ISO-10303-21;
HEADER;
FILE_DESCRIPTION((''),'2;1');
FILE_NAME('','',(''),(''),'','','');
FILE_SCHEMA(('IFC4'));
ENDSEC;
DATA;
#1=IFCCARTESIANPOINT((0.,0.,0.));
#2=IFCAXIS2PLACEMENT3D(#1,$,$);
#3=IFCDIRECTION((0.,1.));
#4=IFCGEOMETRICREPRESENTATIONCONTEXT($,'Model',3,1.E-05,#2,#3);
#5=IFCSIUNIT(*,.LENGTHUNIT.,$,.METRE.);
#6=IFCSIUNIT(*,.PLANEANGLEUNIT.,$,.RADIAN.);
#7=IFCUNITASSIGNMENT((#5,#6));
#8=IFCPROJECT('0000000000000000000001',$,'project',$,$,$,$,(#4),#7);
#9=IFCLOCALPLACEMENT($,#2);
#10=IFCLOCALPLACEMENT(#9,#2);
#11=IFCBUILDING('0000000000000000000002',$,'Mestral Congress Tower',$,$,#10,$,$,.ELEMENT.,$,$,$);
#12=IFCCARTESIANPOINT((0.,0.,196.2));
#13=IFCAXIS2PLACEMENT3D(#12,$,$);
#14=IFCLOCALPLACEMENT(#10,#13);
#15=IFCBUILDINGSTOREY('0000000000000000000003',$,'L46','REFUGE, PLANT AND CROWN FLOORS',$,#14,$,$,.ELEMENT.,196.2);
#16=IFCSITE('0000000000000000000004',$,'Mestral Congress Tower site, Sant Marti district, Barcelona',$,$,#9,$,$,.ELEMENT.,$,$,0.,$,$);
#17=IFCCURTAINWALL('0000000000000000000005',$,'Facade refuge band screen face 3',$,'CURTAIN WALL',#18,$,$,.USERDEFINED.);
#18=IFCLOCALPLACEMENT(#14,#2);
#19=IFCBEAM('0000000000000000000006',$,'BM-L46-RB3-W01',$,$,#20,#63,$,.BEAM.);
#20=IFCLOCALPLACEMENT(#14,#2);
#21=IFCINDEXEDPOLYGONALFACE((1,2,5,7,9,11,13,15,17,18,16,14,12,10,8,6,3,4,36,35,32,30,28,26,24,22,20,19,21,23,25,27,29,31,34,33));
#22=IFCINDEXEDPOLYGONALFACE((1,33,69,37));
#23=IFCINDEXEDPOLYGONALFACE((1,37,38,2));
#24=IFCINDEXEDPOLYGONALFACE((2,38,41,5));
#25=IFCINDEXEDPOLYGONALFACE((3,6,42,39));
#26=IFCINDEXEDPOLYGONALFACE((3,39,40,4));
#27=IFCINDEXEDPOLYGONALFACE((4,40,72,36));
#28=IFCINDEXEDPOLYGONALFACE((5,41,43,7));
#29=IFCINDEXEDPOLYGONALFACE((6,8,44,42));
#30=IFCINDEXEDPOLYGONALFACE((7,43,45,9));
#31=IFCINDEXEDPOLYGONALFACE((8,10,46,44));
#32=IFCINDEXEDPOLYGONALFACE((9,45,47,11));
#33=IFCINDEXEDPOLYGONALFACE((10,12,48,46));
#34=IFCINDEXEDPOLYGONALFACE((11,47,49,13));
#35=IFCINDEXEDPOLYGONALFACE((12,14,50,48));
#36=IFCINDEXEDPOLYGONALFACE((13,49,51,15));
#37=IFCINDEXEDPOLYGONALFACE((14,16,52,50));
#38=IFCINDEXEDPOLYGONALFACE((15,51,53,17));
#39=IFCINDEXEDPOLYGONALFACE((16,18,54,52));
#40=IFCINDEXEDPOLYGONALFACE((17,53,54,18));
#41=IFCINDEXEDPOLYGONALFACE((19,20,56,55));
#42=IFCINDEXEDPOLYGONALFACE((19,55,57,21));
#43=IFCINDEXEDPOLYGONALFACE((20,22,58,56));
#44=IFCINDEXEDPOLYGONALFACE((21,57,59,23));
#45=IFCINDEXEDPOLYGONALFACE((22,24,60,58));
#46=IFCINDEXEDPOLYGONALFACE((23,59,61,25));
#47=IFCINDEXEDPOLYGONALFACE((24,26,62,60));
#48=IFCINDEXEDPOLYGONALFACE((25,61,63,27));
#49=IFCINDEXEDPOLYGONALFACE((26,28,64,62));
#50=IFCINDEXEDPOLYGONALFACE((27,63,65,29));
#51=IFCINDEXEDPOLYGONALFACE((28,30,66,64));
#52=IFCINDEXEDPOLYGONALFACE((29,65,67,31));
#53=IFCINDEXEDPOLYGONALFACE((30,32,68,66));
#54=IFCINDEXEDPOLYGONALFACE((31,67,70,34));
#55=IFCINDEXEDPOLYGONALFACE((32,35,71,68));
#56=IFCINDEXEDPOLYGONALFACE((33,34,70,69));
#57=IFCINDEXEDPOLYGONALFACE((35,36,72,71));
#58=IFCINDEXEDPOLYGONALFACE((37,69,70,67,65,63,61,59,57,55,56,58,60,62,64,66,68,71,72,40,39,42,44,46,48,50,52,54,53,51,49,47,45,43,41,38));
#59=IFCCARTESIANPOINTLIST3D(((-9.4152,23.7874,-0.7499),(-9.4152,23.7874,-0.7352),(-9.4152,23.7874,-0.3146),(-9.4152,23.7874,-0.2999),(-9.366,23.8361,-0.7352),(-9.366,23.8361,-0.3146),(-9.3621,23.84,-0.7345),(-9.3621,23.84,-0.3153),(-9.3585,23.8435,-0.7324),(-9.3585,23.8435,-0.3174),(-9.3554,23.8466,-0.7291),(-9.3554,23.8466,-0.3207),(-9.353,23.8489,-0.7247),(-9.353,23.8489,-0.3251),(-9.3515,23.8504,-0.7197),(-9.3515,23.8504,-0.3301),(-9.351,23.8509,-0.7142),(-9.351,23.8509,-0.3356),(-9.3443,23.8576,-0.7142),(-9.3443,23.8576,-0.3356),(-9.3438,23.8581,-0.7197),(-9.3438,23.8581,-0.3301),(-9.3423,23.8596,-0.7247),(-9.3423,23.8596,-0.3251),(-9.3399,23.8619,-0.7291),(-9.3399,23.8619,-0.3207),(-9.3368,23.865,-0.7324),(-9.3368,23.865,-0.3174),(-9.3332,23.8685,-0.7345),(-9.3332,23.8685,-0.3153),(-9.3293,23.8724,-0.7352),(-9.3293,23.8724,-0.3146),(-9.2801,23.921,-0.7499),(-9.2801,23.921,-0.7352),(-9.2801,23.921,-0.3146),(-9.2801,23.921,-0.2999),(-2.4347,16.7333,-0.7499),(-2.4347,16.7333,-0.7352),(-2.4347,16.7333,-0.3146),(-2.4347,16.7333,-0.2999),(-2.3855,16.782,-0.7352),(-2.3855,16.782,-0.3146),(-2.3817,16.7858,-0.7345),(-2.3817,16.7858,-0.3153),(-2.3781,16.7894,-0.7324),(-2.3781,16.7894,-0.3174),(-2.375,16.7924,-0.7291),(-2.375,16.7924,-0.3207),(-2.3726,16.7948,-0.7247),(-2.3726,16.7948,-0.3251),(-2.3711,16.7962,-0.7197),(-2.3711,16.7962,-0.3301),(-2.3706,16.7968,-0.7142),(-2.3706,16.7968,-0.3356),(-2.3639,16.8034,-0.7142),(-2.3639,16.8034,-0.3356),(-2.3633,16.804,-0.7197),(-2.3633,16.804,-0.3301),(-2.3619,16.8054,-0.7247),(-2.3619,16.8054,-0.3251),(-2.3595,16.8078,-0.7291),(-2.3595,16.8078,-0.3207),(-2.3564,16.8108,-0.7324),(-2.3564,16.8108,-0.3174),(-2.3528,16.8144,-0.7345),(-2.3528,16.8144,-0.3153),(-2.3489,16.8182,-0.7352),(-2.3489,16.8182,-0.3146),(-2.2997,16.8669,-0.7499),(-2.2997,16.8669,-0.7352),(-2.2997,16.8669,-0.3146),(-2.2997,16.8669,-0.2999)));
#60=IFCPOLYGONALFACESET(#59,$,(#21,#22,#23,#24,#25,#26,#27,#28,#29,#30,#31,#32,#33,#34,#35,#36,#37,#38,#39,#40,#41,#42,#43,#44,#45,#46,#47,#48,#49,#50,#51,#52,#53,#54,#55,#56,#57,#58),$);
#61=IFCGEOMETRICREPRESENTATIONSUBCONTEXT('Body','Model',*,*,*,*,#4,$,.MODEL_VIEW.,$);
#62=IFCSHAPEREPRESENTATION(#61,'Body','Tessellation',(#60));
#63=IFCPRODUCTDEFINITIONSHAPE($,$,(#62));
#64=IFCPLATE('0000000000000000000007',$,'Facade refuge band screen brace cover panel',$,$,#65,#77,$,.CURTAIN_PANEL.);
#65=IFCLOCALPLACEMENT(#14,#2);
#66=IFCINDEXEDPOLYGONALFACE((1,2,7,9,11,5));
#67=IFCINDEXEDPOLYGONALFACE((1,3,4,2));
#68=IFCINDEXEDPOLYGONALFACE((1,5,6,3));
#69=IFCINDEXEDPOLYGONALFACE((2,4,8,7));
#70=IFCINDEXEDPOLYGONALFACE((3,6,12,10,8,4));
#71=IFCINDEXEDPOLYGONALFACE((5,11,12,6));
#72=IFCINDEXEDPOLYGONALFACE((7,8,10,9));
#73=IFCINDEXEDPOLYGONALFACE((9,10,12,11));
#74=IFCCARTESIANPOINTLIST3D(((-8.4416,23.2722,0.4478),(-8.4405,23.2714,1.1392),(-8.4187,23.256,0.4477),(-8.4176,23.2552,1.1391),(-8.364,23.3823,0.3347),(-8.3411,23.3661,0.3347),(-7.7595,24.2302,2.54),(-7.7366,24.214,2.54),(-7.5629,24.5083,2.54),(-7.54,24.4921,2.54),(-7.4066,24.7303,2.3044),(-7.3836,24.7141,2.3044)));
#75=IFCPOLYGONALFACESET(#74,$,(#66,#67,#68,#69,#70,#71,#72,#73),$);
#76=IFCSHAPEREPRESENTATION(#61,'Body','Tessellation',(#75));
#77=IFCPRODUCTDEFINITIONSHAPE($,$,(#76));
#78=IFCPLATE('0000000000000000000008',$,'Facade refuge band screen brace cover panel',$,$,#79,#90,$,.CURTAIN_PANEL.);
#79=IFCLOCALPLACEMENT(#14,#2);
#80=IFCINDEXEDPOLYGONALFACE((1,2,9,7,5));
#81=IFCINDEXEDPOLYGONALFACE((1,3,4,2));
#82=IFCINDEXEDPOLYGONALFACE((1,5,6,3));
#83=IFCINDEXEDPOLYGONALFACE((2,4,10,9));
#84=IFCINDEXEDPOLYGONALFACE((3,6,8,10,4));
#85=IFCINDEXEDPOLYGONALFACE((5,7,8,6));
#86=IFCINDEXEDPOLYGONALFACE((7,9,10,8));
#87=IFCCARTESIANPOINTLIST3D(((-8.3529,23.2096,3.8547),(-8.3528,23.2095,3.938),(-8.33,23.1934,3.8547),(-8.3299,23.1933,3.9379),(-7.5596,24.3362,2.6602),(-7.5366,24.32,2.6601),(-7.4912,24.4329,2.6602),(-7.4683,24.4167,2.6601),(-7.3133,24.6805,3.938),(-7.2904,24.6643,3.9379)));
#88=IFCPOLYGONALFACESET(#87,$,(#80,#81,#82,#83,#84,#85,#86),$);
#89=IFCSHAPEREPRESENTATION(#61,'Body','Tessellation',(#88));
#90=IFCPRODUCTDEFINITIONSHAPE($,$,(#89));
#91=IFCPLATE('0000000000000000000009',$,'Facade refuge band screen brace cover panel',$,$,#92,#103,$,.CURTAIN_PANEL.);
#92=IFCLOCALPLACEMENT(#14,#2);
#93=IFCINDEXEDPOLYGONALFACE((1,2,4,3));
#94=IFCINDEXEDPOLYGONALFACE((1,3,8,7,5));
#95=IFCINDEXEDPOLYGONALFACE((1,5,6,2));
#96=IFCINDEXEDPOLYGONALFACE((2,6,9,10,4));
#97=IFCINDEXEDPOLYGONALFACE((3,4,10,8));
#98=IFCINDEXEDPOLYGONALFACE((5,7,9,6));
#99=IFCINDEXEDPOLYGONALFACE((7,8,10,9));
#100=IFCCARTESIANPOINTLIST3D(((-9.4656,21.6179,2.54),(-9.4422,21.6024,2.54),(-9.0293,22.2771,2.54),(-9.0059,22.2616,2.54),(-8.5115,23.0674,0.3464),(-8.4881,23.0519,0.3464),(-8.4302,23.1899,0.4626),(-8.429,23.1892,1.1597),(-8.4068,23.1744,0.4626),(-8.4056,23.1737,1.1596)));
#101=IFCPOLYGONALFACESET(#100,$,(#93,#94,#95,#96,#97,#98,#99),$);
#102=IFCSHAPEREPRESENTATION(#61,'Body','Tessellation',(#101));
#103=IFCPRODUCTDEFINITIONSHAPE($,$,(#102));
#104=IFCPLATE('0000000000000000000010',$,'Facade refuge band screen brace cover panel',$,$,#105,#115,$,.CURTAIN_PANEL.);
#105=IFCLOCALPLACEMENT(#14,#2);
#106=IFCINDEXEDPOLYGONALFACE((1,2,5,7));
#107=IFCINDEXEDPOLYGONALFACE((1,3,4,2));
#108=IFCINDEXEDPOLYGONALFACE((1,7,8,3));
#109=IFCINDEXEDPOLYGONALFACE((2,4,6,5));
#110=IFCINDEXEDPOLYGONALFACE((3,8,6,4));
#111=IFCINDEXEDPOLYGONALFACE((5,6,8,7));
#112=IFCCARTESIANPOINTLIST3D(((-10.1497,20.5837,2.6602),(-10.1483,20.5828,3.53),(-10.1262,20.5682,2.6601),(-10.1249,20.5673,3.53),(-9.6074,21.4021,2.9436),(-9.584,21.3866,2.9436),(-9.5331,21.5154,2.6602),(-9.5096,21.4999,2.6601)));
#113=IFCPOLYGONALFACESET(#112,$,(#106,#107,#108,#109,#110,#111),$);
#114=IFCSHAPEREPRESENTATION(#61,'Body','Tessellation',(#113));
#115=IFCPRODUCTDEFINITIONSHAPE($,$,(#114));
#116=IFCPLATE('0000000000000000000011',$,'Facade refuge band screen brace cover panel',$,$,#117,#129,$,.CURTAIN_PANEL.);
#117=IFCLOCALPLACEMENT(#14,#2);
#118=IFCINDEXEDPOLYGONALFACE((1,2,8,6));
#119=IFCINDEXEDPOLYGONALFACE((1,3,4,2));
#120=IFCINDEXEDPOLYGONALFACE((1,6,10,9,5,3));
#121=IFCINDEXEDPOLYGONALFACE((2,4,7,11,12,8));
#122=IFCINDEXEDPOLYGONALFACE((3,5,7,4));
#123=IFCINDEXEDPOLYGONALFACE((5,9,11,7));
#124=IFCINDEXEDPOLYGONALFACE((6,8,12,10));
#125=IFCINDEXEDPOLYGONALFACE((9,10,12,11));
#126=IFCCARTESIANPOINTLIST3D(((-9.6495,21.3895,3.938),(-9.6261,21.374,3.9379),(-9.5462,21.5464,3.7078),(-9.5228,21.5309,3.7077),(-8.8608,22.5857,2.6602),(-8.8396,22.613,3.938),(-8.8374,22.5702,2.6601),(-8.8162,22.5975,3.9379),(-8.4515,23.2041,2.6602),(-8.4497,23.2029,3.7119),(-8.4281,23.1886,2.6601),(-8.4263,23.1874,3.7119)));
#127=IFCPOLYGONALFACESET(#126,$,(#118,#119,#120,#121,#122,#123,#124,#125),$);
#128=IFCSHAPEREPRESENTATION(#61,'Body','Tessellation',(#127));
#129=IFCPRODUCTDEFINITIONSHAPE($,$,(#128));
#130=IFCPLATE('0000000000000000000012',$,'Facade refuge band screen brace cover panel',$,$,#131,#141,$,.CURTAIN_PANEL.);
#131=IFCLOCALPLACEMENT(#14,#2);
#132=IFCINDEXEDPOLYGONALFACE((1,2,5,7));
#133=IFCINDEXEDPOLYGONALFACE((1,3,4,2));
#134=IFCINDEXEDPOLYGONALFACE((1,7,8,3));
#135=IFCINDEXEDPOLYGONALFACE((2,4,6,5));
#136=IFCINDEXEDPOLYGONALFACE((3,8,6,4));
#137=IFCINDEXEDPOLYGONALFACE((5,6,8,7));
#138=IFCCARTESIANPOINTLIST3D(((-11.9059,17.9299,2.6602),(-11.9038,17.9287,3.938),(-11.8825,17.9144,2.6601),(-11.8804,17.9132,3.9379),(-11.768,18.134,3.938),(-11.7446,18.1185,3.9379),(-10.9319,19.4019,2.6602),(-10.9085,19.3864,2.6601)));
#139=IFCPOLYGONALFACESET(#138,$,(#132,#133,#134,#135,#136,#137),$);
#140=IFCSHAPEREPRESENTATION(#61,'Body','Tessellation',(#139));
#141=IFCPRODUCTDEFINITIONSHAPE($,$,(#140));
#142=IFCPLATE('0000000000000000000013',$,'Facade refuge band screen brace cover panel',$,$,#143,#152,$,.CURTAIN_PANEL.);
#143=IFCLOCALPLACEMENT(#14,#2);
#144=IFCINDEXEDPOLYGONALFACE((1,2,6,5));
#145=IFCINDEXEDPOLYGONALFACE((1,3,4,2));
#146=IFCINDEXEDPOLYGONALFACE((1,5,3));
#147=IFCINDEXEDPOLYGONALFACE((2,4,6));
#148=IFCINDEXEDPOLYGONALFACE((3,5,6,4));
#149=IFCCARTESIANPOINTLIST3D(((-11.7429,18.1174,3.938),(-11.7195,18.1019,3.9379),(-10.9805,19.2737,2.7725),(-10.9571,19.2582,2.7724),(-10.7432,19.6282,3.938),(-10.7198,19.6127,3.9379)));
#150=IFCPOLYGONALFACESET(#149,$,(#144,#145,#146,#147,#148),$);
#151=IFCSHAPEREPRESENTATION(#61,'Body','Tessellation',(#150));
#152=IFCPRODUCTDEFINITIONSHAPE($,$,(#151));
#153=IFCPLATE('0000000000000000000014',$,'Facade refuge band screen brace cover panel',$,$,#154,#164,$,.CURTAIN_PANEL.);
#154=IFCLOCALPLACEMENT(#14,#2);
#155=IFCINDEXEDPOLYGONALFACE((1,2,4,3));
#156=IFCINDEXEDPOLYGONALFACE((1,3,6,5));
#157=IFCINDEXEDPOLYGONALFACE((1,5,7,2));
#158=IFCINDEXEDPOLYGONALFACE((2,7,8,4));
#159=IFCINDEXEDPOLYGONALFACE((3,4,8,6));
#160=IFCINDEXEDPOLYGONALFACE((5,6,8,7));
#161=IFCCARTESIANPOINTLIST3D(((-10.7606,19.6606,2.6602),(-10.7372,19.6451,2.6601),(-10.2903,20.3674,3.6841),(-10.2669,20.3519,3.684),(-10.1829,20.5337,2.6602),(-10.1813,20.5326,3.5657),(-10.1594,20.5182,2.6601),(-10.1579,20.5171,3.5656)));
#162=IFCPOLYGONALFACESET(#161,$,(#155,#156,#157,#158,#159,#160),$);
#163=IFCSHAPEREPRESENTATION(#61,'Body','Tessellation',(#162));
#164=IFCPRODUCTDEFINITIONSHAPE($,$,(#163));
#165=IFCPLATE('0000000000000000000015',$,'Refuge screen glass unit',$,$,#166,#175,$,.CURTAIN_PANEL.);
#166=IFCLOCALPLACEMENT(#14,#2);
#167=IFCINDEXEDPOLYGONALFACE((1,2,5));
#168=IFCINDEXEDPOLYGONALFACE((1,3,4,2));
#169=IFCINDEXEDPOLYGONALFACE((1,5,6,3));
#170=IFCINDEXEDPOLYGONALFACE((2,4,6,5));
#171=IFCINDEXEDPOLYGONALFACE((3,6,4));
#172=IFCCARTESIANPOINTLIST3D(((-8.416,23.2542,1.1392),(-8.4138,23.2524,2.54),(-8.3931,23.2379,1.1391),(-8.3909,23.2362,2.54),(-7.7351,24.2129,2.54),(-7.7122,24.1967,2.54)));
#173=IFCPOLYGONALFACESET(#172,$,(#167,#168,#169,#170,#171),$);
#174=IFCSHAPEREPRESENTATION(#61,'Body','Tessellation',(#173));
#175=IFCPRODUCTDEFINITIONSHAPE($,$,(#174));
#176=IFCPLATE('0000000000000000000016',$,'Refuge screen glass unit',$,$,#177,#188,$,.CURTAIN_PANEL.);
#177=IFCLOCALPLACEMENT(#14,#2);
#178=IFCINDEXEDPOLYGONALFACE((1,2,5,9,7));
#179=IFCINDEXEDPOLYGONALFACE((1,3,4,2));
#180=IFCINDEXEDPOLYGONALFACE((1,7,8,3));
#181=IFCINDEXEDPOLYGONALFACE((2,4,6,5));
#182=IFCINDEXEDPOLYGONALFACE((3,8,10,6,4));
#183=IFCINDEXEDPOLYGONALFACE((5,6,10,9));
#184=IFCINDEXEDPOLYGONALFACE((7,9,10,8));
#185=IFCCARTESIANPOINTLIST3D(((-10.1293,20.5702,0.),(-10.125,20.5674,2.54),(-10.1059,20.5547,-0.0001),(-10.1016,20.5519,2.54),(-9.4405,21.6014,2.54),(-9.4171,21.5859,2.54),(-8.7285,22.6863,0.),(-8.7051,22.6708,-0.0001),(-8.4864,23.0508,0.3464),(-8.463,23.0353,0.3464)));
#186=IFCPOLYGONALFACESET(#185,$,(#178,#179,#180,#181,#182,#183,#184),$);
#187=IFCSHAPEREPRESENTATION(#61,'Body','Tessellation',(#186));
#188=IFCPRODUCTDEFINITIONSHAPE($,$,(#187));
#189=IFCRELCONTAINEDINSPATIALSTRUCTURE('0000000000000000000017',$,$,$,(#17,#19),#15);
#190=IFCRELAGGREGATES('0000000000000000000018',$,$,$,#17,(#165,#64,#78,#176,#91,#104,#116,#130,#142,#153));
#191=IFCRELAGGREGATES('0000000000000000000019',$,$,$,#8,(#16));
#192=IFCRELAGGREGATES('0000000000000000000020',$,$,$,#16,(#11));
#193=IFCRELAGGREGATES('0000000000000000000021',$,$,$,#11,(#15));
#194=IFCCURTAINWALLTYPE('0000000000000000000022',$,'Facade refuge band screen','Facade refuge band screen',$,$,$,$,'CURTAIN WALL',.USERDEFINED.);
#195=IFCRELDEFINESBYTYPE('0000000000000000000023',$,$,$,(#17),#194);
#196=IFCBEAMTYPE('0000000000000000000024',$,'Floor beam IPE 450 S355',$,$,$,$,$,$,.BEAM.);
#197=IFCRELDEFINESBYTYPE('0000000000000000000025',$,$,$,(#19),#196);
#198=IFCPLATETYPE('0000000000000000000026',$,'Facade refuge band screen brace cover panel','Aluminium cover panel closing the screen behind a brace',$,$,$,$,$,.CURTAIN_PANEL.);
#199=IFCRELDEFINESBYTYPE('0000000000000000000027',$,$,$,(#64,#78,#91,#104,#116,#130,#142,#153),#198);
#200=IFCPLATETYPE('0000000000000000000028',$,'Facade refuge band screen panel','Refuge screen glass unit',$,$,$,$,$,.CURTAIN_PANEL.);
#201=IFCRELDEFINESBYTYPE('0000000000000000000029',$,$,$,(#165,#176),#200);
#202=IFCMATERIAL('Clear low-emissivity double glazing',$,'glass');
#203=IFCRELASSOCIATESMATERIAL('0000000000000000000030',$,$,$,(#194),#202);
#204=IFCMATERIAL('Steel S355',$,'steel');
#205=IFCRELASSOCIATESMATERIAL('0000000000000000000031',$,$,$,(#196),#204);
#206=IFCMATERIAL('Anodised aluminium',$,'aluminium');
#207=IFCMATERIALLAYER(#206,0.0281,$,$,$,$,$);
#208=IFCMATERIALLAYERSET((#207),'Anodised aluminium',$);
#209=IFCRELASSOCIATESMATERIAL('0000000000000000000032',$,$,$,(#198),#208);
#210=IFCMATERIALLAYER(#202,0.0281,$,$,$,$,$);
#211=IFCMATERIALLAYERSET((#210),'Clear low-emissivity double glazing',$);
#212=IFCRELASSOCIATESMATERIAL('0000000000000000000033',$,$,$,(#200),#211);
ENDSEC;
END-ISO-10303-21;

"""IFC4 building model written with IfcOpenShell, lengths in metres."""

from ifc_helpers import new_model, si_unit, direction, frame, origin, origin_2d, place, context, subcontext, project, spatial, polyline, i_section, outline, extrude, material, layer, layer_set, material_profile, profile_set, type_object, element, aggregate, save


model = new_model("IFC4")

# Units and contexts
model_context = context("Model", 3, precision=1e-05, world=origin(), true_north=direction((0.0, 1.0)))
body_context = subcontext(model_context, "Body", "Model", "MODEL_VIEW")
ifc_project = project(units=[si_unit("LENGTHUNIT", "METRE"), si_unit("PLANEANGLEUNIT", "RADIAN")], contexts=[model_context])

# Site, building, storey
site_placement = place(None, origin())
site = spatial("IfcSite", under=ifc_project, at=site_placement, Name="Mestral Congress Tower site, Sant Marti district, Barcelona", CompositionType="ELEMENT", RefElevation=0.0)
building_placement = place(site_placement, origin())
building = spatial("IfcBuilding", under=site, at=building_placement, Name="Mestral Congress Tower", CompositionType="ELEMENT")
storey_placement = place(building_placement, frame((0.0, 0.0, 196.2)))
storey = spatial("IfcBuildingStorey", under=building, at=storey_placement, Name="L46", Description="REFUGE, PLANT AND CROWN FLOORS", CompositionType="ELEMENT", Elevation=196.2)

# Shared definitions
ifc_material_1 = material(Name="Steel S355", Category="steel")

# Curtain wall
ifc_material_2 = material(Name="Clear low-emissivity double glazing", Category="glass")
curtain_wall_type = type_object("IfcCurtainWallType", Name="Facade refuge band screen", Description="Facade refuge band screen", ElementType="CURTAIN WALL", PredefinedType="USERDEFINED", material=ifc_material_2)
curtain_wall_placement = place(storey_placement, origin())
curtain_wall = element("IfcCurtainWall", 1, at=curtain_wall_placement, inside=storey, type_object=curtain_wall_type, Name="Facade refuge band screen face 3", ObjectType="CURTAIN WALL", PredefinedType="USERDEFINED")
ifc_material_3 = material(Name="Anodised aluminium", Category="aluminium")

# Beam
ifc_material_profile_1 = material_profile(ifc_material_1, i_section(OverallWidth=0.1899, OverallDepth=0.45, WebThickness=0.0095, FlangeThickness=0.0146, FilletRadius=0.021, at=origin_2d()), Name="IPE 450")
ifc_profile_set_1 = profile_set([ifc_material_profile_1], Name="Steel S355")
beam_type = type_object("IfcBeamType", Name="Floor beam IPE 450 S355", PredefinedType="BEAM", material=ifc_profile_set_1)
beam_placement = place(storey_placement, frame((-9.3477, 23.8542, -0.5249), z_axis=(0.703382, -0.710812, 0.0), x_axis=(0.710812, 0.703382, 0.0)))
element("IfcBeam", 2, at=beam_placement, inside=storey, type_object=beam_type, Name="BM-L46-RB3-W01", PredefinedType="BEAM", context=body_context, shape_type="SweptSolid", body=[
    extrude(i_section(OverallWidth=0.1899, OverallDepth=0.45, WebThickness=0.0095, FlangeThickness=0.0146, FilletRadius=0.021, at=origin_2d()), origin(), (0.0, 0.0, 1.0), 9.9241),
])

# Plates
ifc_layer_1 = layer(ifc_material_3, 0.0281)
ifc_layer_set_1 = layer_set([ifc_layer_1], Name="Anodised aluminium")
plate_type_1 = type_object("IfcPlateType", Name="Facade refuge band screen brace cover panel", Description="Aluminium cover panel closing the screen behind a brace", PredefinedType="CURTAIN_PANEL", material=ifc_layer_set_1)
plate_1_placement = place(storey_placement, frame((-8.364, 23.3823, 0.3347), z_axis=(-0.816614, 0.57718, 0.001945), x_axis=(0.372306, 0.524169, 0.765921)))
plate_1 = element("IfcPlate", 3, at=plate_1_placement, type_object=plate_type_1, Name="Facade refuge band screen brace cover panel", PredefinedType="CURTAIN_PANEL", context=body_context, shape_type="SweptSolid", body=[
    extrude(outline(polyline([(0.0, 0.0), (2.5717, 0.0), (2.5775, -0.3595), (2.3586, -0.6203), (0.5295, -0.6204), (0.0, -0.1759), (0.0, 0.0)])), origin(), (0.0, 0.0, -1.0), 0.0281),
])
plate_2_placement = place(storey_placement, frame((-8.3528, 23.2095, 3.938), z_axis=(-0.816682, 0.577085, 0.001862), x_axis=(-0.001521, 0.001074, -0.999998)))
plate_2 = element("IfcPlate", 4, at=plate_2_placement, type_object=plate_type_1, Name="Facade refuge band screen brace cover panel", PredefinedType="CURTAIN_PANEL", context=body_context, shape_type="SweptSolid", body=[
    extrude(outline(polyline([(0.0, 0.0), (0.0833, 0.0), (1.2778, -1.3779), (1.2778, -1.4963), (0.0, -1.8012), (0.0, 0.0)])), origin(), (0.0, 0.0, -1.0), 0.0281),
])
plate_3_placement = place(storey_placement, frame((-9.4656, 21.6179, 2.54), z_axis=(-0.833925, 0.551874, 0.001976), x_axis=(0.341098, 0.518235, -0.784273)))
plate_3 = element("IfcPlate", 5, at=plate_3_placement, type_object=plate_type_1, Name="Facade refuge band screen brace cover panel", PredefinedType="CURTAIN_PANEL", context=body_context, shape_type="SweptSolid", body=[
    extrude(outline(polyline([(0.0, 0.0), (2.797, 0.0), (2.7971, -0.1874), (2.2505, -0.6199), (0.4904, -0.62), (0.0, 0.0)])), origin(), (0.0, 0.0, -1.0), 0.0281),
])
plate_4_placement = place(storey_placement, frame((-10.1497, 20.5837, 2.6602), z_axis=(-0.833916, 0.551888, 0.001893), x_axis=(0.551889, 0.833917, 0.0)))
plate_4 = element("IfcPlate", 6, at=plate_4_placement, type_object=plate_type_1, Name="Facade refuge band screen brace cover panel", PredefinedType="CURTAIN_PANEL", context=body_context, shape_type="SweptSolid", body=[
    extrude(outline(polyline([(0.0, 0.0), (1.1173, 0.0), (0.9817, -0.2834), (0.0, -0.8699), (0.0, 0.0)])), origin(), (0.0, 0.0, -1.0), 0.0281),
])
plate_5_placement = place(storey_placement, frame((-8.8396, 22.613, 3.938), z_axis=(-0.83387, 0.551957, 0.002057), x_axis=(-0.551959, -0.833872, 0.0)))
plate_5 = element("IfcPlate", 7, at=plate_5_placement, type_object=plate_type_1, Name="Facade refuge band screen brace cover panel", PredefinedType="CURTAIN_PANEL", context=body_context, shape_type="SweptSolid", body=[
    extrude(outline(polyline([(0.0, 0.0), (1.4673, 0.0), (1.2794, -0.2302), (0.0345, -1.2778), (-0.7071, -1.2778), (-0.7071, -0.2261), (0.0, 0.0)])), origin(), (0.0, 0.0, -1.0), 0.0281),
])
plate_6_placement = place(storey_placement, frame((-11.9038, 17.9287, 3.938), z_axis=(-0.833949, 0.551839, 0.001881), x_axis=(-0.001652, 0.000911, -0.999998)))
plate_6 = element("IfcPlate", 8, at=plate_6_placement, type_object=plate_type_1, Name="Facade refuge band screen brace cover panel", PredefinedType="CURTAIN_PANEL", context=body_context, shape_type="SweptSolid", body=[
    extrude(outline(polyline([(0.0, 0.0), (1.2778, 0.0), (1.2776, -1.7651), (0.0, -0.2461), (0.0, 0.0)])), origin(), (0.0, 0.0, -1.0), 0.0281),
])
plate_7_placement = place(storey_placement, frame((-11.7429, 18.1174, 3.938), z_axis=(-0.833931, 0.551866, 0.001942), x_axis=(0.421205, 0.638754, -0.643879)))
plate_7 = element("IfcPlate", 9, at=plate_7_placement, type_object=plate_type_1, Name="Facade refuge band screen brace cover panel", PredefinedType="CURTAIN_PANEL", context=body_context, shape_type="SweptSolid", body=[
    extrude(outline(polyline([(0.0, 0.0), (1.8102, 0.0), (1.3861, -1.1664), (0.0, 0.0)])), origin(), (0.0, 0.0, -1.0), 0.0281),
])
plate_8_placement = place(storey_placement, frame((-10.1829, 20.5337, 2.6602), z_axis=(-0.833954, 0.551831, 0.002112), x_axis=(0.001757, -0.001171, 0.999998)))
plate_8 = element("IfcPlate", 10, at=plate_8_placement, type_object=plate_type_1, Name="Facade refuge band screen brace cover panel", PredefinedType="CURTAIN_PANEL", context=body_context, shape_type="SweptSolid", body=[
    extrude(outline(polyline([(0.0, 0.0), (0.9055, 0.0), (1.0239, -0.1979), (0.0, -1.047), (0.0, 0.0)])), origin(), (0.0, 0.0, -1.0), 0.0281),
])
ifc_layer_2 = layer(ifc_material_2, 0.0281)
ifc_layer_set_2 = layer_set([ifc_layer_2], Name="Clear low-emissivity double glazing")
plate_type_2 = type_object("IfcPlateType", Name="Facade refuge band screen panel", Description="Refuge screen glass unit", PredefinedType="CURTAIN_PANEL", material=ifc_layer_set_2)
plate_9_placement = place(storey_placement, frame((-8.416, 23.2542, 1.1392), z_axis=(-0.816667, 0.577106, 0.001985), x_axis=(0.372282, 0.524185, 0.765922)))
plate_9 = element("IfcPlate", 11, at=plate_9_placement, type_object=plate_type_2, Name="Refuge screen glass unit", PredefinedType="CURTAIN_PANEL", context=body_context, shape_type="SweptSolid", body=[
    extrude(outline(polyline([(0.0, 0.0), (1.829, 0.0), (1.0729, -0.9008), (0.0, 0.0)])), origin(), (0.0, 0.0, -1.0), 0.0281),
])
plate_10_placement = place(storey_placement, frame((-10.125, 20.5674, 2.54), z_axis=(-0.833858, 0.551976, 0.002014), x_axis=(-0.001691, 0.001095, -0.999998)))
plate_10 = element("IfcPlate", 12, at=plate_10_placement, type_object=plate_type_2, Name="Refuge screen glass unit", PredefinedType="CURTAIN_PANEL", context=body_context, shape_type="SweptSolid", body=[
    extrude(outline(polyline([(0.0, 0.0), (2.54, 0.0), (2.54, -2.5377), (2.1935, -2.9754), (0.0, -1.24), (0.0, 0.0)])), origin(), (0.0, 0.0, -1.0), 0.0281),
])
aggregate(curtain_wall, [plate_9, plate_1, plate_2, plate_10, plate_3, plate_4, plate_5, plate_6, plate_7, plate_8])

save(model, "model.ifc")
